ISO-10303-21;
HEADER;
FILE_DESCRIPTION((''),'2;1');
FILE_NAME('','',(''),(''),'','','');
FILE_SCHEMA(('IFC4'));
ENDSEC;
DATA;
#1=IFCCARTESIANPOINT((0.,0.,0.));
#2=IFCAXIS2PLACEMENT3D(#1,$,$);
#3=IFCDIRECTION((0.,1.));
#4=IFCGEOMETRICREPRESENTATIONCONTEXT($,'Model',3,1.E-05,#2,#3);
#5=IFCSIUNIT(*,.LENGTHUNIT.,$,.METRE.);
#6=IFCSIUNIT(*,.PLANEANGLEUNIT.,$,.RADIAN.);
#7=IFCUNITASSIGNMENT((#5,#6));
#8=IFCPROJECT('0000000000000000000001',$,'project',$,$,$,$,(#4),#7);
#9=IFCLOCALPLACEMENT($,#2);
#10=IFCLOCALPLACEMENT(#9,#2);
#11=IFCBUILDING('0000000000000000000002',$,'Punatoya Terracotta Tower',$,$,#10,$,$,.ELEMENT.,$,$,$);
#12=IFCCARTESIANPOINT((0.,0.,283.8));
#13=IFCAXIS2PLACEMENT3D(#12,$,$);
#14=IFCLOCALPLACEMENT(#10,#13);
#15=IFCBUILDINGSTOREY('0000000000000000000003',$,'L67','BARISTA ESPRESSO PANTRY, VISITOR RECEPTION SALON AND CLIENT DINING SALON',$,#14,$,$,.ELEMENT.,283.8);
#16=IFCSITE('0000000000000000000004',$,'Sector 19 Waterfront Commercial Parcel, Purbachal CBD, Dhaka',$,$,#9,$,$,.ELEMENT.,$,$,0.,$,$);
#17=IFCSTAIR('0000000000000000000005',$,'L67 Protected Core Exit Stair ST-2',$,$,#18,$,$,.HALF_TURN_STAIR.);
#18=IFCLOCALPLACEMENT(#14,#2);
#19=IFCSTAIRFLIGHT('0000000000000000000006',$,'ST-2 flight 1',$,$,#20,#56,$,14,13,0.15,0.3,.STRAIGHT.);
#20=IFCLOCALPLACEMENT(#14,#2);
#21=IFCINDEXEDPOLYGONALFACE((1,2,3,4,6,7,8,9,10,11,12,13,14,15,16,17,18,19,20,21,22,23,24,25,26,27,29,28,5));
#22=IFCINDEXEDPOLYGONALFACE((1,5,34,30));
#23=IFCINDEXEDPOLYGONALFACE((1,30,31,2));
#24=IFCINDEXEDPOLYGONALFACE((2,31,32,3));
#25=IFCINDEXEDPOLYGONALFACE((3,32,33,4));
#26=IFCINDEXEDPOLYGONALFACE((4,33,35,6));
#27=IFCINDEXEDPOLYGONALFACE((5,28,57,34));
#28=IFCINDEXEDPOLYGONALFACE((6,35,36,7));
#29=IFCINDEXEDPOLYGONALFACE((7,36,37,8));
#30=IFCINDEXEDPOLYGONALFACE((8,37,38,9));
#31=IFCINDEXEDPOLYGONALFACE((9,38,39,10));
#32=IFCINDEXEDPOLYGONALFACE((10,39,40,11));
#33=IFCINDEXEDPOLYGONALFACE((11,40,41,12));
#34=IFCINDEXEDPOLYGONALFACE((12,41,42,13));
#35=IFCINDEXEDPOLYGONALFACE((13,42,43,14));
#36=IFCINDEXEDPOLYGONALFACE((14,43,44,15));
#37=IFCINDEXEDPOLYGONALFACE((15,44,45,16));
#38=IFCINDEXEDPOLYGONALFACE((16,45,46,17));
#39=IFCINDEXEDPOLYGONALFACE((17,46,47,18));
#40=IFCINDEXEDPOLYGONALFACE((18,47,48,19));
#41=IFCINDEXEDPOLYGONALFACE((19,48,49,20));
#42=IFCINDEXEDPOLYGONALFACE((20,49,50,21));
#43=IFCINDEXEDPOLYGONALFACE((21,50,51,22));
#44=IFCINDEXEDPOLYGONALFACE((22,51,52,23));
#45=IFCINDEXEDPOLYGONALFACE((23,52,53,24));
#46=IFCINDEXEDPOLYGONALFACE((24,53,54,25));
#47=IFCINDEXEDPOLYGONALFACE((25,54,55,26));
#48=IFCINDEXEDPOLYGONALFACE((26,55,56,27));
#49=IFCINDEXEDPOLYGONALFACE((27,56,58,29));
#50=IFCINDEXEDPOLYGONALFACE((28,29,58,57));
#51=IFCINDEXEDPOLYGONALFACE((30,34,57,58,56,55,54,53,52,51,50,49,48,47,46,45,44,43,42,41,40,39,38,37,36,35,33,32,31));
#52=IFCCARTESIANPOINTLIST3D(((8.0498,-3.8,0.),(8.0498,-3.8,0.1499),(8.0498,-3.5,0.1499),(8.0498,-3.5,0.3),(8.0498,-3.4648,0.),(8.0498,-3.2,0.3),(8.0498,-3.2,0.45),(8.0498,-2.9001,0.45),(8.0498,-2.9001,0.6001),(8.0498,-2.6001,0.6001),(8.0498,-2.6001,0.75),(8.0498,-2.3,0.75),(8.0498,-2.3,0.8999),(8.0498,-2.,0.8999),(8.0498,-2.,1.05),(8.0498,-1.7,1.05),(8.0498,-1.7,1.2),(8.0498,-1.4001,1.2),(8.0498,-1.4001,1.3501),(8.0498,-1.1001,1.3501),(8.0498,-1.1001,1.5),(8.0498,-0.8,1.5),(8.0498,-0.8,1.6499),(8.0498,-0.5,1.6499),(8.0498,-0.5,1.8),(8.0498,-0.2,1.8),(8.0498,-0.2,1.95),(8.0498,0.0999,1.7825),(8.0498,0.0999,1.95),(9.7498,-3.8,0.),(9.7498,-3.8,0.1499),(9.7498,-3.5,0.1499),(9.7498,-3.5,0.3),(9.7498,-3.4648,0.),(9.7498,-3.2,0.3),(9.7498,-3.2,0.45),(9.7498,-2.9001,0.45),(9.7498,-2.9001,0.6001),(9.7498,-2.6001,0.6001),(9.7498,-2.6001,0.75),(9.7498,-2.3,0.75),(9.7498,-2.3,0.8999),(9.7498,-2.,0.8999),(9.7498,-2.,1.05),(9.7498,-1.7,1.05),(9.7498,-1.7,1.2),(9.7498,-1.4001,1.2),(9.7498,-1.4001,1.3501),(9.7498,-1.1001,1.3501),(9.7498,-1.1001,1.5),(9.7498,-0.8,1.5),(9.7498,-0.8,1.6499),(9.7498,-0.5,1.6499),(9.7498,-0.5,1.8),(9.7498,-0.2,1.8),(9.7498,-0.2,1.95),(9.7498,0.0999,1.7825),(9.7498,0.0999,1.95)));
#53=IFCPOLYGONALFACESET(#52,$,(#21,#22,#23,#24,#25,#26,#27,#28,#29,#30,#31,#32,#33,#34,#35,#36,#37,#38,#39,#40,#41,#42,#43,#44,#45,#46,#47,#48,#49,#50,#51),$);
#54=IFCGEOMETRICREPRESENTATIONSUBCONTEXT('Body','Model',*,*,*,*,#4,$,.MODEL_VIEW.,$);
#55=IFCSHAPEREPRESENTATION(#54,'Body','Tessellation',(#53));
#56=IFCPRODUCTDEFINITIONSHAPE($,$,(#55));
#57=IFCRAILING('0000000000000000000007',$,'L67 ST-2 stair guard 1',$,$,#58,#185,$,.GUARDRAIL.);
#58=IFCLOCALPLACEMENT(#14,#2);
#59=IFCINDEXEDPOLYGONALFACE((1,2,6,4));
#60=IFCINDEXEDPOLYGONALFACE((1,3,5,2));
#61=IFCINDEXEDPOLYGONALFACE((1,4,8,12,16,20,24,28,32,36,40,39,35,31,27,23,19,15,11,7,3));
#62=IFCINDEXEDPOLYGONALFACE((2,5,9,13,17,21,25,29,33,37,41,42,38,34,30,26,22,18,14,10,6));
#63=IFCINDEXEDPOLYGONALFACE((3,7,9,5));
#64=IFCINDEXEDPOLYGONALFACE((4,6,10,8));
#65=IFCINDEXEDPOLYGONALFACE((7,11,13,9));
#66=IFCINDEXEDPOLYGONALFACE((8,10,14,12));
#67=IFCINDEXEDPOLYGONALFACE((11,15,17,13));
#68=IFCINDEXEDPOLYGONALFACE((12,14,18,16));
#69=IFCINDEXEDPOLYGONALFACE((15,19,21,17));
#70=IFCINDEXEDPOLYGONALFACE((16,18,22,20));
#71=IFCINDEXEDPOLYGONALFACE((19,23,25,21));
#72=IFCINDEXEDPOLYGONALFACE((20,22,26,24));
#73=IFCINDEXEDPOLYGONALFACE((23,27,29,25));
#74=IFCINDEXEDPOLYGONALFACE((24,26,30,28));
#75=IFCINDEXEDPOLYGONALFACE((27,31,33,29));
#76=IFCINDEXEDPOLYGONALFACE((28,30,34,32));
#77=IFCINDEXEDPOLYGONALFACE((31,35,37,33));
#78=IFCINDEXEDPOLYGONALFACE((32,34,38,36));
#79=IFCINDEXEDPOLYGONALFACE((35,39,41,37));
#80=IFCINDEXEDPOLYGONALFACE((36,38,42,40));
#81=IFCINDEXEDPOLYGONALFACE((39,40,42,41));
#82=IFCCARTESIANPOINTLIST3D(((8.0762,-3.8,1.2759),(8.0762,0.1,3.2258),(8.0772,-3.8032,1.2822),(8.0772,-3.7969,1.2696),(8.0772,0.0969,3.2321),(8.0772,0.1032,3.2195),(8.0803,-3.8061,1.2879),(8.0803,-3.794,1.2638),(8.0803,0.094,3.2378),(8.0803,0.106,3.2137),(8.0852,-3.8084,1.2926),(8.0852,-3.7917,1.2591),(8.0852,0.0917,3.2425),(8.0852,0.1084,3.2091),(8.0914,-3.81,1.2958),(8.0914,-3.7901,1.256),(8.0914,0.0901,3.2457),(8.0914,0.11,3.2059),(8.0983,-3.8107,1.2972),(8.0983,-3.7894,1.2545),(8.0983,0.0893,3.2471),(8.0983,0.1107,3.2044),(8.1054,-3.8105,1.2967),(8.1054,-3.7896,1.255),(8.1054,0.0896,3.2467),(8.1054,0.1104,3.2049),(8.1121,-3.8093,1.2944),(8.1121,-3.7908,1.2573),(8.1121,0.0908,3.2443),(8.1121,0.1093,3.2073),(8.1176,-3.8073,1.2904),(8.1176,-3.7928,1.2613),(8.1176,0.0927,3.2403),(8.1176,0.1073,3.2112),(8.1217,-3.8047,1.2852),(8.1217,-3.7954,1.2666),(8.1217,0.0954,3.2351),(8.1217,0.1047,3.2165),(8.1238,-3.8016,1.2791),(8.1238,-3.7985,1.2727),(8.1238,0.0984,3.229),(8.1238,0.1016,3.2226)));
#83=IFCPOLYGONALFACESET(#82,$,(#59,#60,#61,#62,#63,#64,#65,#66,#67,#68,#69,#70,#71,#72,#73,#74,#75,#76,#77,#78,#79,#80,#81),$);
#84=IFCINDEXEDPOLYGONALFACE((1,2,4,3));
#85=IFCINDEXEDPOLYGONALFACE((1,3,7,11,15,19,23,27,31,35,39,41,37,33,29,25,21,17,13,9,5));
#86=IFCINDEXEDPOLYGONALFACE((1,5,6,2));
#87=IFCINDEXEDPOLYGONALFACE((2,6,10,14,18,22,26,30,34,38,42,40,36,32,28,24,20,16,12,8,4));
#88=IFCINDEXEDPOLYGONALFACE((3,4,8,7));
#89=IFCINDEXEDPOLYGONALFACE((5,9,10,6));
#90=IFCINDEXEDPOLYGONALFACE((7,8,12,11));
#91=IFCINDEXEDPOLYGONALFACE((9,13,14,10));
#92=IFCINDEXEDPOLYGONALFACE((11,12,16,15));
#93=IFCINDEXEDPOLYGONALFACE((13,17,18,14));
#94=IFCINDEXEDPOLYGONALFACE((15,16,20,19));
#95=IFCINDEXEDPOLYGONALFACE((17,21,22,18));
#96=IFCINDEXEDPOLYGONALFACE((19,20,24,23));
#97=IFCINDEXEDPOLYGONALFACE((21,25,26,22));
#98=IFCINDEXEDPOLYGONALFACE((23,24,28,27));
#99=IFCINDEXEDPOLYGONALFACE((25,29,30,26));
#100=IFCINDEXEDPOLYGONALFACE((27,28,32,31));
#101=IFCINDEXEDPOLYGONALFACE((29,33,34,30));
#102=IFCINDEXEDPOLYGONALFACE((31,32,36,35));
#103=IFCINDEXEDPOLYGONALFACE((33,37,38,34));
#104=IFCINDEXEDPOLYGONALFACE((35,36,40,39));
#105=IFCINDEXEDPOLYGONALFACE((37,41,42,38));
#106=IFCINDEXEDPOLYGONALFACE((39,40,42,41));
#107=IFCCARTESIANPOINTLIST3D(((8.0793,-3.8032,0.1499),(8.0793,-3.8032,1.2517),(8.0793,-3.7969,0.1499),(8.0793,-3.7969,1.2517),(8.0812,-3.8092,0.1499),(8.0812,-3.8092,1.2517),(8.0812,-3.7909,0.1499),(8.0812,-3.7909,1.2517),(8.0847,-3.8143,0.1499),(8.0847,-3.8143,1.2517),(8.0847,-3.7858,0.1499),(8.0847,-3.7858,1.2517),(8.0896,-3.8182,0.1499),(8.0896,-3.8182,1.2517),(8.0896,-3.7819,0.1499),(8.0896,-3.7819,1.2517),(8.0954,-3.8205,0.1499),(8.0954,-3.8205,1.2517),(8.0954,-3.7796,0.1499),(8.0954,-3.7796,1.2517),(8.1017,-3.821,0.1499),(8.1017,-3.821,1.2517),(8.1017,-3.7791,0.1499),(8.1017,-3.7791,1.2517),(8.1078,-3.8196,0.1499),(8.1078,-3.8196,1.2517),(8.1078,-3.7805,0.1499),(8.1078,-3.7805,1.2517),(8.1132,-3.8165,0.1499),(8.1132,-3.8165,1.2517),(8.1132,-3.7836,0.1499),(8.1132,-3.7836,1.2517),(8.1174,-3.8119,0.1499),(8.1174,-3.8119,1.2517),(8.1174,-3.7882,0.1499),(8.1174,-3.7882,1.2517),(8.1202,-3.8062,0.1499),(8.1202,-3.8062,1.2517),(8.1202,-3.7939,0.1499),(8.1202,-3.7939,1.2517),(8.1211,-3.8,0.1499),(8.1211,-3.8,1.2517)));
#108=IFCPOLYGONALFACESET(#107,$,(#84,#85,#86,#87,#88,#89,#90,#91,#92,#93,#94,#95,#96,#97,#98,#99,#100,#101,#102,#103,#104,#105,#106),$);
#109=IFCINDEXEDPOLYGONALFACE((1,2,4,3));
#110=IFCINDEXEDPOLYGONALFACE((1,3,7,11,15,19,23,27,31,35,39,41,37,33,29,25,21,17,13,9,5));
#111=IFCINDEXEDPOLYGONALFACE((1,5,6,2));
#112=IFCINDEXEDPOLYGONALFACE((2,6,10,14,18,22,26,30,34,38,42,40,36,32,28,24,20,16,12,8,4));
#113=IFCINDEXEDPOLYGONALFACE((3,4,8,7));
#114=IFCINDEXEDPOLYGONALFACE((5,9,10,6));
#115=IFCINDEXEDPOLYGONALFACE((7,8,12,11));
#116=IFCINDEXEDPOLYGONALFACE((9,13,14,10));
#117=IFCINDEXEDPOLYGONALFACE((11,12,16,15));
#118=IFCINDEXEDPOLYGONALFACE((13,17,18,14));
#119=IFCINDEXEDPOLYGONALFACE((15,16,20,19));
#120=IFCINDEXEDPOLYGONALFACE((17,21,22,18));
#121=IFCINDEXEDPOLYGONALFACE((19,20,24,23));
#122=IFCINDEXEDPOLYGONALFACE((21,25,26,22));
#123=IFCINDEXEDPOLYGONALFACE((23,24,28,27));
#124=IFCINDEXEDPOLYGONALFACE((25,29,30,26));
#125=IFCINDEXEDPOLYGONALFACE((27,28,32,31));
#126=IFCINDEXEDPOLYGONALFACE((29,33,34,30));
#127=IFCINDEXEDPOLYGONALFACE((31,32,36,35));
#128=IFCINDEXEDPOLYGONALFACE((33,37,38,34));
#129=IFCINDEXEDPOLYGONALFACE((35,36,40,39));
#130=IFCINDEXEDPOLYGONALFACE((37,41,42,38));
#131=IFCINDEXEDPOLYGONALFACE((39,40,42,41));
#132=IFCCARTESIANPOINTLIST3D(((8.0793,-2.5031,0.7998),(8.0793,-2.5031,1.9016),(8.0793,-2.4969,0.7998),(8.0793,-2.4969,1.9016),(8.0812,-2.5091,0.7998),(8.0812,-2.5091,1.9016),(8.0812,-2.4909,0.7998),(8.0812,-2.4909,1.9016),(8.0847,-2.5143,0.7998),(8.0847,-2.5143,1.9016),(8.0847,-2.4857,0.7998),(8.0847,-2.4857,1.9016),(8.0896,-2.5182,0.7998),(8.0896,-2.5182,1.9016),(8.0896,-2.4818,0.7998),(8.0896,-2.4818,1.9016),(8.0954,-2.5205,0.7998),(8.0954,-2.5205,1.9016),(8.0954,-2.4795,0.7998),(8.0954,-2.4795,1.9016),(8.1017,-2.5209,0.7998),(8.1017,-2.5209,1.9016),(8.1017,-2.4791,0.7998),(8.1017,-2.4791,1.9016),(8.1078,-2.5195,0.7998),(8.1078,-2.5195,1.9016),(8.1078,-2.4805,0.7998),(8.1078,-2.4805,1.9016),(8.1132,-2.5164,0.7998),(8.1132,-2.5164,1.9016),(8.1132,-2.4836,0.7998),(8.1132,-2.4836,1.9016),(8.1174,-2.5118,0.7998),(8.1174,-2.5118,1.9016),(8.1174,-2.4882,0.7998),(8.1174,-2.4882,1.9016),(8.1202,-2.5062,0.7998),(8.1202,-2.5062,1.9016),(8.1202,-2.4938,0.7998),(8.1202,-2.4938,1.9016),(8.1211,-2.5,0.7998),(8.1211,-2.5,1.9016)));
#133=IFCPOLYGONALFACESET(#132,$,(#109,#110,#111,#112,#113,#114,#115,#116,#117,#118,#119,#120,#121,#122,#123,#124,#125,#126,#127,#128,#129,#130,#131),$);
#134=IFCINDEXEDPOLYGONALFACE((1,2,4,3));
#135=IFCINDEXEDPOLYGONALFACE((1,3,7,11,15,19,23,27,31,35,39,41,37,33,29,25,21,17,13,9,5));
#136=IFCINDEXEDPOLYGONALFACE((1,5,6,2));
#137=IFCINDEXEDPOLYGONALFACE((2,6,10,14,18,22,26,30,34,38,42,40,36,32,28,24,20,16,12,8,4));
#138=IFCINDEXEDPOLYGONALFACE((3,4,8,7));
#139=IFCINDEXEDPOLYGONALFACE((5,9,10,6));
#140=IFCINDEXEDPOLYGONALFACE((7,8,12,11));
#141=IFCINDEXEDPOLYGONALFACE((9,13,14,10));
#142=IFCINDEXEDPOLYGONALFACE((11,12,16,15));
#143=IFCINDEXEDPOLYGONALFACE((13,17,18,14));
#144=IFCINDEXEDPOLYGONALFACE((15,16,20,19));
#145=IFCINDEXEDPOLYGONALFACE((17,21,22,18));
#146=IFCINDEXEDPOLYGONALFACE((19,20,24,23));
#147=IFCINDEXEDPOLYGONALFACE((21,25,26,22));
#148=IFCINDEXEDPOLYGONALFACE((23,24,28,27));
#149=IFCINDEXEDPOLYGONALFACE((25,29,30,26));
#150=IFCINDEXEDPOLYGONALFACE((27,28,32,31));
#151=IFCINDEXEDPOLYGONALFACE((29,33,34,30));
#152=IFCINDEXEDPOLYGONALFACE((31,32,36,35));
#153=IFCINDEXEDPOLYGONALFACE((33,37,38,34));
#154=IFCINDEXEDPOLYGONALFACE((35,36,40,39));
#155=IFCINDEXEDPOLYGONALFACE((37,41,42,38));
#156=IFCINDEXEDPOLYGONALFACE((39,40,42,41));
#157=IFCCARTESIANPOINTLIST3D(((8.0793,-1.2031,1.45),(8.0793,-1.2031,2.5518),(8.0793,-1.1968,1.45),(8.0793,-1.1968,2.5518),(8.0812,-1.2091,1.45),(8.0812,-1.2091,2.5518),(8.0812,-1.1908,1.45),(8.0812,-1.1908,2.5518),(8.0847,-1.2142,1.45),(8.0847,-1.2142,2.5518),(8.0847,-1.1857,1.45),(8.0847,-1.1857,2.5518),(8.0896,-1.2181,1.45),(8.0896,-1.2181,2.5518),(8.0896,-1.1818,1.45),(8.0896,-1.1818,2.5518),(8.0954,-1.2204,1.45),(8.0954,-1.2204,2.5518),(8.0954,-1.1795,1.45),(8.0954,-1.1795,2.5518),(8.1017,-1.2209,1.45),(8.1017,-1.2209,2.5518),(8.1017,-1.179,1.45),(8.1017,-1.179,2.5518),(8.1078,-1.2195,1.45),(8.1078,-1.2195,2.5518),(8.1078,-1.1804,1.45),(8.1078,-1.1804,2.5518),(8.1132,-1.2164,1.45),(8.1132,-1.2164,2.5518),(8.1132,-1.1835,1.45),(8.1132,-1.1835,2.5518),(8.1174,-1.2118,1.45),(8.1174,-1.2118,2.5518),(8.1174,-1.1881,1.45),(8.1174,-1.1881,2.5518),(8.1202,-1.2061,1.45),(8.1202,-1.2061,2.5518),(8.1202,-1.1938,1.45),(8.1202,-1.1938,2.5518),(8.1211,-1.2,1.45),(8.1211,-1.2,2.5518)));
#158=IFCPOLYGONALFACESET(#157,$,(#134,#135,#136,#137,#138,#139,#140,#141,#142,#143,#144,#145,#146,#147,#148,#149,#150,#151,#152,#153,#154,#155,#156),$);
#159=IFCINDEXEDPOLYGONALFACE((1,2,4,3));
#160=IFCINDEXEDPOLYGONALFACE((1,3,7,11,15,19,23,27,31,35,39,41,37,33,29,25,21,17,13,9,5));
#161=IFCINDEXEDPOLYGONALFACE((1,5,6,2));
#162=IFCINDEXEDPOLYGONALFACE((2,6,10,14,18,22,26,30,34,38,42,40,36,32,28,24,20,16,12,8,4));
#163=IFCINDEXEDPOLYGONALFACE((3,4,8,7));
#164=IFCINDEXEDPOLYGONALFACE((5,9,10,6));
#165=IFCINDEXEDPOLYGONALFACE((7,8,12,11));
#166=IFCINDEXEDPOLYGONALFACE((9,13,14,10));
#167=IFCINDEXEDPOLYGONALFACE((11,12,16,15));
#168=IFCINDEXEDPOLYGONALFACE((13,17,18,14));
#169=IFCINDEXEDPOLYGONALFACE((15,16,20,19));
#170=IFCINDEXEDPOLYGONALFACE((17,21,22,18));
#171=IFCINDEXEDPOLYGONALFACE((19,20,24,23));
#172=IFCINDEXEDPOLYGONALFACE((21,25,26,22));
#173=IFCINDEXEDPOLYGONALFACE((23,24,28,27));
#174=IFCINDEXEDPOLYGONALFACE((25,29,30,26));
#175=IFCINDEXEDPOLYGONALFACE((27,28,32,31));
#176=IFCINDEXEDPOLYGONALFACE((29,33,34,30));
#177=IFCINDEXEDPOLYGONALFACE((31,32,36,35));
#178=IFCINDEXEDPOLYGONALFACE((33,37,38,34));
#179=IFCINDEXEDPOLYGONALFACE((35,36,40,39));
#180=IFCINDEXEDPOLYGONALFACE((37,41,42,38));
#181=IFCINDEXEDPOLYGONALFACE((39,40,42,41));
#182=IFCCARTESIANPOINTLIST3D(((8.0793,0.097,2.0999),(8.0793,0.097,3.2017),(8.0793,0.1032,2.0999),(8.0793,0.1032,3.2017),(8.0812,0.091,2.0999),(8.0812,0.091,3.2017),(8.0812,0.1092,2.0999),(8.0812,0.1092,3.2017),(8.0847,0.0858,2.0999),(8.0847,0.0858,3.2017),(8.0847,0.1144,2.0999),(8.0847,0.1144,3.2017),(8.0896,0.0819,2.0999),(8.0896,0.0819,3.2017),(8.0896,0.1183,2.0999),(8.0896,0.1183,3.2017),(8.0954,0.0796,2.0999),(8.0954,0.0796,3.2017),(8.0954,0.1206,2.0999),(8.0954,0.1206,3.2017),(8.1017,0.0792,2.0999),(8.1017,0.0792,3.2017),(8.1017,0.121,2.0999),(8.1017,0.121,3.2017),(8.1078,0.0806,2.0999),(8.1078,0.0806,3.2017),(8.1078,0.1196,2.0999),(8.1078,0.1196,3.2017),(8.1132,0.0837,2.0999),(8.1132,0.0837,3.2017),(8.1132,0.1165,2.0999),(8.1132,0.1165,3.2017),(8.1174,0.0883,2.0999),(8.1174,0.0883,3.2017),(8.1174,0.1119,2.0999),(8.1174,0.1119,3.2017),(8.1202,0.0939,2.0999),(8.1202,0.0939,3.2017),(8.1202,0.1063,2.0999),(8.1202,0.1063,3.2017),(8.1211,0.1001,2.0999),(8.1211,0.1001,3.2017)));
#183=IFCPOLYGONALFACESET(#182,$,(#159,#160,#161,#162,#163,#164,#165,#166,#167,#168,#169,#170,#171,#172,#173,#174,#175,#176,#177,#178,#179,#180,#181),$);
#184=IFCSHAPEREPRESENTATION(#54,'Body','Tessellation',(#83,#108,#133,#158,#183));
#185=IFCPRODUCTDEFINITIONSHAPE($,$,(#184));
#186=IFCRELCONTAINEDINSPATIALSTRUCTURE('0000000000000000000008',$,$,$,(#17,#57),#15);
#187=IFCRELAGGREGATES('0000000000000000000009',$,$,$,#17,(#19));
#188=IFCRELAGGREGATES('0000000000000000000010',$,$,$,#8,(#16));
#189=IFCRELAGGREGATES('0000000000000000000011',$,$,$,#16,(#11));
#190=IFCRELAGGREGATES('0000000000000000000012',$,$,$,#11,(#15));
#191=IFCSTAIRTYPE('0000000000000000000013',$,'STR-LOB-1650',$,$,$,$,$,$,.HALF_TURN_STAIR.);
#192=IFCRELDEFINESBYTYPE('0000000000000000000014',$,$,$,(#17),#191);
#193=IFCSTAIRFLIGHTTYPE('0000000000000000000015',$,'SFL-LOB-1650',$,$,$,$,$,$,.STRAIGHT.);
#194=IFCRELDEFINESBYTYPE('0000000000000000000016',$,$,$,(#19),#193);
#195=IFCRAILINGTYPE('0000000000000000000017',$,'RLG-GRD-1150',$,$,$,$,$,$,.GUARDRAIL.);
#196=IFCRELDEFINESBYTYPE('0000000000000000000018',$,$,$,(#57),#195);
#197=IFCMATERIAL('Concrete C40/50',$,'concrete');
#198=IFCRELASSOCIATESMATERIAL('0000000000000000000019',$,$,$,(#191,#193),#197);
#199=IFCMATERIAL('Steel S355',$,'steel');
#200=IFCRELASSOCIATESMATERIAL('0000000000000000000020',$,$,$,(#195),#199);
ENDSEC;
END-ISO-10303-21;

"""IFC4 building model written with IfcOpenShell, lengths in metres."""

from ifc_helpers import new_model, si_unit, direction, frame, origin, origin_2d, place, context, subcontext, project, spatial, polyline, circle, outline, extrude, material, type_object, element, aggregate, save


model = new_model("IFC4")

# Units and contexts
model_context = context("Model", 3, precision=1e-05, world=origin(), true_north=direction((0.0, 1.0)))
body_context = subcontext(model_context, "Body", "Model", "MODEL_VIEW")
ifc_project = project(units=[si_unit("LENGTHUNIT", "METRE"), si_unit("PLANEANGLEUNIT", "RADIAN")], contexts=[model_context])

# Site, building, storey
site_placement = place(None, origin())
site = spatial("IfcSite", under=ifc_project, at=site_placement, Name="Sector 19 Waterfront Commercial Parcel, Purbachal CBD, Dhaka", CompositionType="ELEMENT", RefElevation=0.0)
building_placement = place(site_placement, origin())
building = spatial("IfcBuilding", under=site, at=building_placement, Name="Punatoya Terracotta Tower", CompositionType="ELEMENT")
storey_placement = place(building_placement, frame((0.0, 0.0, 283.8)))
storey = spatial("IfcBuildingStorey", under=building, at=storey_placement, Name="L67", Description="BARISTA ESPRESSO PANTRY, VISITOR RECEPTION SALON AND CLIENT DINING SALON", CompositionType="ELEMENT", Elevation=283.8)

# Shared definitions
ifc_material_1 = material(Name="Steel S355", Category="steel")

# Shared definitions
ifc_material_2 = material(Name="Concrete C40/50", Category="concrete")

# Stair, stair flight
stair_type = type_object("IfcStairType", Name="STR-LOB-1650", PredefinedType="HALF_TURN_STAIR", material=ifc_material_2)
stair_placement = place(storey_placement, origin())
stair = element("IfcStair", 1, at=stair_placement, inside=storey, type_object=stair_type, Name="L67 Protected Core Exit Stair ST-2", PredefinedType="HALF_TURN_STAIR")
stair_flight_type = type_object("IfcStairFlightType", Name="SFL-LOB-1650", PredefinedType="STRAIGHT", material=ifc_material_2)
stair_flight_placement = place(storey_placement, frame((8.8999, -3.8, 0.0), z_axis=(0.0, 0.0, 1.0), x_axis=(0.0, 1.0, 0.0)))
stair_flight = element("IfcStairFlight", 2, at=stair_flight_placement, type_object=stair_flight_type, Name="ST-2 flight 1", NumberOfRisers=14, NumberOfTreads=13, PredefinedType="STRAIGHT", RiserHeight=0.15, TreadLength=0.3, context=body_context, shape_type="SweptSolid", body=[
    extrude(outline(polyline([(0.0, 0.0), (0.0, 0.1499), (0.3, 0.1499), (0.3, 0.3), (0.6001, 0.3), (0.6001, 0.45), (0.8999, 0.45), (0.8999, 0.6001), (1.2, 0.6001), (1.2, 0.75), (1.5, 0.75), (1.5, 0.8999), (1.8, 0.8999), (1.8, 1.05), (2.1001, 1.05), (2.1001, 1.2), (2.3999, 1.2), (2.3999, 1.3501), (2.7, 1.3501), (2.7, 1.5), (3.0, 1.5), (3.0, 1.6499), (3.3, 1.6499), (3.3, 1.8), (3.6001, 1.8), (3.6001, 1.95), (3.8999, 1.95), (3.8999, 2.1001), (3.8999, 1.7825), (0.3352, 0.0), (0.0, 0.0)])), frame((0.0, 0.8501, 0.0), z_axis=(0.0, -1.0, 0.0), x_axis=(1.0, 0.0, 0.0)), (0.0, 0.0, 1.0), 1.7),
])
aggregate(stair, [stair_flight])

# Railing
railing_type_1 = type_object("IfcRailingType", Name="RLG-GRD-1150", PredefinedType="GUARDRAIL", material=ifc_material_1)
railing_1_placement = place(storey_placement, frame((8.1001, -3.8, 0.1499)))
element("IfcRailing", 3, at=railing_1_placement, inside=storey, type_object=railing_type_1, Name="L67 ST-2 stair guard 1", PredefinedType="GUARDRAIL", context=body_context, shape_type="SweptSolid", body=[
    extrude(circle(Radius=0.0239, at=origin_2d()), frame((0.0, 0.0, 1.126), z_axis=(0.0, 0.894438, 0.447191), x_axis=(-1.0, 0.0, 0.0)), (0.0, 0.0, 1.0), 4.3604),
    extrude(circle(Radius=0.021, at=origin_2d()), origin(), (0.0, 0.0, 1.0), 1.1018),
    extrude(circle(Radius=0.021, at=origin_2d()), frame((0.0, 1.3, 0.6499)), (0.0, 0.0, 1.0), 1.1018),
    extrude(circle(Radius=0.021, at=origin_2d()), frame((0.0, 2.6001, 1.3)), (0.0, 0.0, 1.0), 1.1018),
    extrude(circle(Radius=0.021, at=origin_2d()), frame((0.0, 3.9001, 1.95)), (0.0, 0.0, 1.0), 1.1018),
])

save(model, "model.ifc")
